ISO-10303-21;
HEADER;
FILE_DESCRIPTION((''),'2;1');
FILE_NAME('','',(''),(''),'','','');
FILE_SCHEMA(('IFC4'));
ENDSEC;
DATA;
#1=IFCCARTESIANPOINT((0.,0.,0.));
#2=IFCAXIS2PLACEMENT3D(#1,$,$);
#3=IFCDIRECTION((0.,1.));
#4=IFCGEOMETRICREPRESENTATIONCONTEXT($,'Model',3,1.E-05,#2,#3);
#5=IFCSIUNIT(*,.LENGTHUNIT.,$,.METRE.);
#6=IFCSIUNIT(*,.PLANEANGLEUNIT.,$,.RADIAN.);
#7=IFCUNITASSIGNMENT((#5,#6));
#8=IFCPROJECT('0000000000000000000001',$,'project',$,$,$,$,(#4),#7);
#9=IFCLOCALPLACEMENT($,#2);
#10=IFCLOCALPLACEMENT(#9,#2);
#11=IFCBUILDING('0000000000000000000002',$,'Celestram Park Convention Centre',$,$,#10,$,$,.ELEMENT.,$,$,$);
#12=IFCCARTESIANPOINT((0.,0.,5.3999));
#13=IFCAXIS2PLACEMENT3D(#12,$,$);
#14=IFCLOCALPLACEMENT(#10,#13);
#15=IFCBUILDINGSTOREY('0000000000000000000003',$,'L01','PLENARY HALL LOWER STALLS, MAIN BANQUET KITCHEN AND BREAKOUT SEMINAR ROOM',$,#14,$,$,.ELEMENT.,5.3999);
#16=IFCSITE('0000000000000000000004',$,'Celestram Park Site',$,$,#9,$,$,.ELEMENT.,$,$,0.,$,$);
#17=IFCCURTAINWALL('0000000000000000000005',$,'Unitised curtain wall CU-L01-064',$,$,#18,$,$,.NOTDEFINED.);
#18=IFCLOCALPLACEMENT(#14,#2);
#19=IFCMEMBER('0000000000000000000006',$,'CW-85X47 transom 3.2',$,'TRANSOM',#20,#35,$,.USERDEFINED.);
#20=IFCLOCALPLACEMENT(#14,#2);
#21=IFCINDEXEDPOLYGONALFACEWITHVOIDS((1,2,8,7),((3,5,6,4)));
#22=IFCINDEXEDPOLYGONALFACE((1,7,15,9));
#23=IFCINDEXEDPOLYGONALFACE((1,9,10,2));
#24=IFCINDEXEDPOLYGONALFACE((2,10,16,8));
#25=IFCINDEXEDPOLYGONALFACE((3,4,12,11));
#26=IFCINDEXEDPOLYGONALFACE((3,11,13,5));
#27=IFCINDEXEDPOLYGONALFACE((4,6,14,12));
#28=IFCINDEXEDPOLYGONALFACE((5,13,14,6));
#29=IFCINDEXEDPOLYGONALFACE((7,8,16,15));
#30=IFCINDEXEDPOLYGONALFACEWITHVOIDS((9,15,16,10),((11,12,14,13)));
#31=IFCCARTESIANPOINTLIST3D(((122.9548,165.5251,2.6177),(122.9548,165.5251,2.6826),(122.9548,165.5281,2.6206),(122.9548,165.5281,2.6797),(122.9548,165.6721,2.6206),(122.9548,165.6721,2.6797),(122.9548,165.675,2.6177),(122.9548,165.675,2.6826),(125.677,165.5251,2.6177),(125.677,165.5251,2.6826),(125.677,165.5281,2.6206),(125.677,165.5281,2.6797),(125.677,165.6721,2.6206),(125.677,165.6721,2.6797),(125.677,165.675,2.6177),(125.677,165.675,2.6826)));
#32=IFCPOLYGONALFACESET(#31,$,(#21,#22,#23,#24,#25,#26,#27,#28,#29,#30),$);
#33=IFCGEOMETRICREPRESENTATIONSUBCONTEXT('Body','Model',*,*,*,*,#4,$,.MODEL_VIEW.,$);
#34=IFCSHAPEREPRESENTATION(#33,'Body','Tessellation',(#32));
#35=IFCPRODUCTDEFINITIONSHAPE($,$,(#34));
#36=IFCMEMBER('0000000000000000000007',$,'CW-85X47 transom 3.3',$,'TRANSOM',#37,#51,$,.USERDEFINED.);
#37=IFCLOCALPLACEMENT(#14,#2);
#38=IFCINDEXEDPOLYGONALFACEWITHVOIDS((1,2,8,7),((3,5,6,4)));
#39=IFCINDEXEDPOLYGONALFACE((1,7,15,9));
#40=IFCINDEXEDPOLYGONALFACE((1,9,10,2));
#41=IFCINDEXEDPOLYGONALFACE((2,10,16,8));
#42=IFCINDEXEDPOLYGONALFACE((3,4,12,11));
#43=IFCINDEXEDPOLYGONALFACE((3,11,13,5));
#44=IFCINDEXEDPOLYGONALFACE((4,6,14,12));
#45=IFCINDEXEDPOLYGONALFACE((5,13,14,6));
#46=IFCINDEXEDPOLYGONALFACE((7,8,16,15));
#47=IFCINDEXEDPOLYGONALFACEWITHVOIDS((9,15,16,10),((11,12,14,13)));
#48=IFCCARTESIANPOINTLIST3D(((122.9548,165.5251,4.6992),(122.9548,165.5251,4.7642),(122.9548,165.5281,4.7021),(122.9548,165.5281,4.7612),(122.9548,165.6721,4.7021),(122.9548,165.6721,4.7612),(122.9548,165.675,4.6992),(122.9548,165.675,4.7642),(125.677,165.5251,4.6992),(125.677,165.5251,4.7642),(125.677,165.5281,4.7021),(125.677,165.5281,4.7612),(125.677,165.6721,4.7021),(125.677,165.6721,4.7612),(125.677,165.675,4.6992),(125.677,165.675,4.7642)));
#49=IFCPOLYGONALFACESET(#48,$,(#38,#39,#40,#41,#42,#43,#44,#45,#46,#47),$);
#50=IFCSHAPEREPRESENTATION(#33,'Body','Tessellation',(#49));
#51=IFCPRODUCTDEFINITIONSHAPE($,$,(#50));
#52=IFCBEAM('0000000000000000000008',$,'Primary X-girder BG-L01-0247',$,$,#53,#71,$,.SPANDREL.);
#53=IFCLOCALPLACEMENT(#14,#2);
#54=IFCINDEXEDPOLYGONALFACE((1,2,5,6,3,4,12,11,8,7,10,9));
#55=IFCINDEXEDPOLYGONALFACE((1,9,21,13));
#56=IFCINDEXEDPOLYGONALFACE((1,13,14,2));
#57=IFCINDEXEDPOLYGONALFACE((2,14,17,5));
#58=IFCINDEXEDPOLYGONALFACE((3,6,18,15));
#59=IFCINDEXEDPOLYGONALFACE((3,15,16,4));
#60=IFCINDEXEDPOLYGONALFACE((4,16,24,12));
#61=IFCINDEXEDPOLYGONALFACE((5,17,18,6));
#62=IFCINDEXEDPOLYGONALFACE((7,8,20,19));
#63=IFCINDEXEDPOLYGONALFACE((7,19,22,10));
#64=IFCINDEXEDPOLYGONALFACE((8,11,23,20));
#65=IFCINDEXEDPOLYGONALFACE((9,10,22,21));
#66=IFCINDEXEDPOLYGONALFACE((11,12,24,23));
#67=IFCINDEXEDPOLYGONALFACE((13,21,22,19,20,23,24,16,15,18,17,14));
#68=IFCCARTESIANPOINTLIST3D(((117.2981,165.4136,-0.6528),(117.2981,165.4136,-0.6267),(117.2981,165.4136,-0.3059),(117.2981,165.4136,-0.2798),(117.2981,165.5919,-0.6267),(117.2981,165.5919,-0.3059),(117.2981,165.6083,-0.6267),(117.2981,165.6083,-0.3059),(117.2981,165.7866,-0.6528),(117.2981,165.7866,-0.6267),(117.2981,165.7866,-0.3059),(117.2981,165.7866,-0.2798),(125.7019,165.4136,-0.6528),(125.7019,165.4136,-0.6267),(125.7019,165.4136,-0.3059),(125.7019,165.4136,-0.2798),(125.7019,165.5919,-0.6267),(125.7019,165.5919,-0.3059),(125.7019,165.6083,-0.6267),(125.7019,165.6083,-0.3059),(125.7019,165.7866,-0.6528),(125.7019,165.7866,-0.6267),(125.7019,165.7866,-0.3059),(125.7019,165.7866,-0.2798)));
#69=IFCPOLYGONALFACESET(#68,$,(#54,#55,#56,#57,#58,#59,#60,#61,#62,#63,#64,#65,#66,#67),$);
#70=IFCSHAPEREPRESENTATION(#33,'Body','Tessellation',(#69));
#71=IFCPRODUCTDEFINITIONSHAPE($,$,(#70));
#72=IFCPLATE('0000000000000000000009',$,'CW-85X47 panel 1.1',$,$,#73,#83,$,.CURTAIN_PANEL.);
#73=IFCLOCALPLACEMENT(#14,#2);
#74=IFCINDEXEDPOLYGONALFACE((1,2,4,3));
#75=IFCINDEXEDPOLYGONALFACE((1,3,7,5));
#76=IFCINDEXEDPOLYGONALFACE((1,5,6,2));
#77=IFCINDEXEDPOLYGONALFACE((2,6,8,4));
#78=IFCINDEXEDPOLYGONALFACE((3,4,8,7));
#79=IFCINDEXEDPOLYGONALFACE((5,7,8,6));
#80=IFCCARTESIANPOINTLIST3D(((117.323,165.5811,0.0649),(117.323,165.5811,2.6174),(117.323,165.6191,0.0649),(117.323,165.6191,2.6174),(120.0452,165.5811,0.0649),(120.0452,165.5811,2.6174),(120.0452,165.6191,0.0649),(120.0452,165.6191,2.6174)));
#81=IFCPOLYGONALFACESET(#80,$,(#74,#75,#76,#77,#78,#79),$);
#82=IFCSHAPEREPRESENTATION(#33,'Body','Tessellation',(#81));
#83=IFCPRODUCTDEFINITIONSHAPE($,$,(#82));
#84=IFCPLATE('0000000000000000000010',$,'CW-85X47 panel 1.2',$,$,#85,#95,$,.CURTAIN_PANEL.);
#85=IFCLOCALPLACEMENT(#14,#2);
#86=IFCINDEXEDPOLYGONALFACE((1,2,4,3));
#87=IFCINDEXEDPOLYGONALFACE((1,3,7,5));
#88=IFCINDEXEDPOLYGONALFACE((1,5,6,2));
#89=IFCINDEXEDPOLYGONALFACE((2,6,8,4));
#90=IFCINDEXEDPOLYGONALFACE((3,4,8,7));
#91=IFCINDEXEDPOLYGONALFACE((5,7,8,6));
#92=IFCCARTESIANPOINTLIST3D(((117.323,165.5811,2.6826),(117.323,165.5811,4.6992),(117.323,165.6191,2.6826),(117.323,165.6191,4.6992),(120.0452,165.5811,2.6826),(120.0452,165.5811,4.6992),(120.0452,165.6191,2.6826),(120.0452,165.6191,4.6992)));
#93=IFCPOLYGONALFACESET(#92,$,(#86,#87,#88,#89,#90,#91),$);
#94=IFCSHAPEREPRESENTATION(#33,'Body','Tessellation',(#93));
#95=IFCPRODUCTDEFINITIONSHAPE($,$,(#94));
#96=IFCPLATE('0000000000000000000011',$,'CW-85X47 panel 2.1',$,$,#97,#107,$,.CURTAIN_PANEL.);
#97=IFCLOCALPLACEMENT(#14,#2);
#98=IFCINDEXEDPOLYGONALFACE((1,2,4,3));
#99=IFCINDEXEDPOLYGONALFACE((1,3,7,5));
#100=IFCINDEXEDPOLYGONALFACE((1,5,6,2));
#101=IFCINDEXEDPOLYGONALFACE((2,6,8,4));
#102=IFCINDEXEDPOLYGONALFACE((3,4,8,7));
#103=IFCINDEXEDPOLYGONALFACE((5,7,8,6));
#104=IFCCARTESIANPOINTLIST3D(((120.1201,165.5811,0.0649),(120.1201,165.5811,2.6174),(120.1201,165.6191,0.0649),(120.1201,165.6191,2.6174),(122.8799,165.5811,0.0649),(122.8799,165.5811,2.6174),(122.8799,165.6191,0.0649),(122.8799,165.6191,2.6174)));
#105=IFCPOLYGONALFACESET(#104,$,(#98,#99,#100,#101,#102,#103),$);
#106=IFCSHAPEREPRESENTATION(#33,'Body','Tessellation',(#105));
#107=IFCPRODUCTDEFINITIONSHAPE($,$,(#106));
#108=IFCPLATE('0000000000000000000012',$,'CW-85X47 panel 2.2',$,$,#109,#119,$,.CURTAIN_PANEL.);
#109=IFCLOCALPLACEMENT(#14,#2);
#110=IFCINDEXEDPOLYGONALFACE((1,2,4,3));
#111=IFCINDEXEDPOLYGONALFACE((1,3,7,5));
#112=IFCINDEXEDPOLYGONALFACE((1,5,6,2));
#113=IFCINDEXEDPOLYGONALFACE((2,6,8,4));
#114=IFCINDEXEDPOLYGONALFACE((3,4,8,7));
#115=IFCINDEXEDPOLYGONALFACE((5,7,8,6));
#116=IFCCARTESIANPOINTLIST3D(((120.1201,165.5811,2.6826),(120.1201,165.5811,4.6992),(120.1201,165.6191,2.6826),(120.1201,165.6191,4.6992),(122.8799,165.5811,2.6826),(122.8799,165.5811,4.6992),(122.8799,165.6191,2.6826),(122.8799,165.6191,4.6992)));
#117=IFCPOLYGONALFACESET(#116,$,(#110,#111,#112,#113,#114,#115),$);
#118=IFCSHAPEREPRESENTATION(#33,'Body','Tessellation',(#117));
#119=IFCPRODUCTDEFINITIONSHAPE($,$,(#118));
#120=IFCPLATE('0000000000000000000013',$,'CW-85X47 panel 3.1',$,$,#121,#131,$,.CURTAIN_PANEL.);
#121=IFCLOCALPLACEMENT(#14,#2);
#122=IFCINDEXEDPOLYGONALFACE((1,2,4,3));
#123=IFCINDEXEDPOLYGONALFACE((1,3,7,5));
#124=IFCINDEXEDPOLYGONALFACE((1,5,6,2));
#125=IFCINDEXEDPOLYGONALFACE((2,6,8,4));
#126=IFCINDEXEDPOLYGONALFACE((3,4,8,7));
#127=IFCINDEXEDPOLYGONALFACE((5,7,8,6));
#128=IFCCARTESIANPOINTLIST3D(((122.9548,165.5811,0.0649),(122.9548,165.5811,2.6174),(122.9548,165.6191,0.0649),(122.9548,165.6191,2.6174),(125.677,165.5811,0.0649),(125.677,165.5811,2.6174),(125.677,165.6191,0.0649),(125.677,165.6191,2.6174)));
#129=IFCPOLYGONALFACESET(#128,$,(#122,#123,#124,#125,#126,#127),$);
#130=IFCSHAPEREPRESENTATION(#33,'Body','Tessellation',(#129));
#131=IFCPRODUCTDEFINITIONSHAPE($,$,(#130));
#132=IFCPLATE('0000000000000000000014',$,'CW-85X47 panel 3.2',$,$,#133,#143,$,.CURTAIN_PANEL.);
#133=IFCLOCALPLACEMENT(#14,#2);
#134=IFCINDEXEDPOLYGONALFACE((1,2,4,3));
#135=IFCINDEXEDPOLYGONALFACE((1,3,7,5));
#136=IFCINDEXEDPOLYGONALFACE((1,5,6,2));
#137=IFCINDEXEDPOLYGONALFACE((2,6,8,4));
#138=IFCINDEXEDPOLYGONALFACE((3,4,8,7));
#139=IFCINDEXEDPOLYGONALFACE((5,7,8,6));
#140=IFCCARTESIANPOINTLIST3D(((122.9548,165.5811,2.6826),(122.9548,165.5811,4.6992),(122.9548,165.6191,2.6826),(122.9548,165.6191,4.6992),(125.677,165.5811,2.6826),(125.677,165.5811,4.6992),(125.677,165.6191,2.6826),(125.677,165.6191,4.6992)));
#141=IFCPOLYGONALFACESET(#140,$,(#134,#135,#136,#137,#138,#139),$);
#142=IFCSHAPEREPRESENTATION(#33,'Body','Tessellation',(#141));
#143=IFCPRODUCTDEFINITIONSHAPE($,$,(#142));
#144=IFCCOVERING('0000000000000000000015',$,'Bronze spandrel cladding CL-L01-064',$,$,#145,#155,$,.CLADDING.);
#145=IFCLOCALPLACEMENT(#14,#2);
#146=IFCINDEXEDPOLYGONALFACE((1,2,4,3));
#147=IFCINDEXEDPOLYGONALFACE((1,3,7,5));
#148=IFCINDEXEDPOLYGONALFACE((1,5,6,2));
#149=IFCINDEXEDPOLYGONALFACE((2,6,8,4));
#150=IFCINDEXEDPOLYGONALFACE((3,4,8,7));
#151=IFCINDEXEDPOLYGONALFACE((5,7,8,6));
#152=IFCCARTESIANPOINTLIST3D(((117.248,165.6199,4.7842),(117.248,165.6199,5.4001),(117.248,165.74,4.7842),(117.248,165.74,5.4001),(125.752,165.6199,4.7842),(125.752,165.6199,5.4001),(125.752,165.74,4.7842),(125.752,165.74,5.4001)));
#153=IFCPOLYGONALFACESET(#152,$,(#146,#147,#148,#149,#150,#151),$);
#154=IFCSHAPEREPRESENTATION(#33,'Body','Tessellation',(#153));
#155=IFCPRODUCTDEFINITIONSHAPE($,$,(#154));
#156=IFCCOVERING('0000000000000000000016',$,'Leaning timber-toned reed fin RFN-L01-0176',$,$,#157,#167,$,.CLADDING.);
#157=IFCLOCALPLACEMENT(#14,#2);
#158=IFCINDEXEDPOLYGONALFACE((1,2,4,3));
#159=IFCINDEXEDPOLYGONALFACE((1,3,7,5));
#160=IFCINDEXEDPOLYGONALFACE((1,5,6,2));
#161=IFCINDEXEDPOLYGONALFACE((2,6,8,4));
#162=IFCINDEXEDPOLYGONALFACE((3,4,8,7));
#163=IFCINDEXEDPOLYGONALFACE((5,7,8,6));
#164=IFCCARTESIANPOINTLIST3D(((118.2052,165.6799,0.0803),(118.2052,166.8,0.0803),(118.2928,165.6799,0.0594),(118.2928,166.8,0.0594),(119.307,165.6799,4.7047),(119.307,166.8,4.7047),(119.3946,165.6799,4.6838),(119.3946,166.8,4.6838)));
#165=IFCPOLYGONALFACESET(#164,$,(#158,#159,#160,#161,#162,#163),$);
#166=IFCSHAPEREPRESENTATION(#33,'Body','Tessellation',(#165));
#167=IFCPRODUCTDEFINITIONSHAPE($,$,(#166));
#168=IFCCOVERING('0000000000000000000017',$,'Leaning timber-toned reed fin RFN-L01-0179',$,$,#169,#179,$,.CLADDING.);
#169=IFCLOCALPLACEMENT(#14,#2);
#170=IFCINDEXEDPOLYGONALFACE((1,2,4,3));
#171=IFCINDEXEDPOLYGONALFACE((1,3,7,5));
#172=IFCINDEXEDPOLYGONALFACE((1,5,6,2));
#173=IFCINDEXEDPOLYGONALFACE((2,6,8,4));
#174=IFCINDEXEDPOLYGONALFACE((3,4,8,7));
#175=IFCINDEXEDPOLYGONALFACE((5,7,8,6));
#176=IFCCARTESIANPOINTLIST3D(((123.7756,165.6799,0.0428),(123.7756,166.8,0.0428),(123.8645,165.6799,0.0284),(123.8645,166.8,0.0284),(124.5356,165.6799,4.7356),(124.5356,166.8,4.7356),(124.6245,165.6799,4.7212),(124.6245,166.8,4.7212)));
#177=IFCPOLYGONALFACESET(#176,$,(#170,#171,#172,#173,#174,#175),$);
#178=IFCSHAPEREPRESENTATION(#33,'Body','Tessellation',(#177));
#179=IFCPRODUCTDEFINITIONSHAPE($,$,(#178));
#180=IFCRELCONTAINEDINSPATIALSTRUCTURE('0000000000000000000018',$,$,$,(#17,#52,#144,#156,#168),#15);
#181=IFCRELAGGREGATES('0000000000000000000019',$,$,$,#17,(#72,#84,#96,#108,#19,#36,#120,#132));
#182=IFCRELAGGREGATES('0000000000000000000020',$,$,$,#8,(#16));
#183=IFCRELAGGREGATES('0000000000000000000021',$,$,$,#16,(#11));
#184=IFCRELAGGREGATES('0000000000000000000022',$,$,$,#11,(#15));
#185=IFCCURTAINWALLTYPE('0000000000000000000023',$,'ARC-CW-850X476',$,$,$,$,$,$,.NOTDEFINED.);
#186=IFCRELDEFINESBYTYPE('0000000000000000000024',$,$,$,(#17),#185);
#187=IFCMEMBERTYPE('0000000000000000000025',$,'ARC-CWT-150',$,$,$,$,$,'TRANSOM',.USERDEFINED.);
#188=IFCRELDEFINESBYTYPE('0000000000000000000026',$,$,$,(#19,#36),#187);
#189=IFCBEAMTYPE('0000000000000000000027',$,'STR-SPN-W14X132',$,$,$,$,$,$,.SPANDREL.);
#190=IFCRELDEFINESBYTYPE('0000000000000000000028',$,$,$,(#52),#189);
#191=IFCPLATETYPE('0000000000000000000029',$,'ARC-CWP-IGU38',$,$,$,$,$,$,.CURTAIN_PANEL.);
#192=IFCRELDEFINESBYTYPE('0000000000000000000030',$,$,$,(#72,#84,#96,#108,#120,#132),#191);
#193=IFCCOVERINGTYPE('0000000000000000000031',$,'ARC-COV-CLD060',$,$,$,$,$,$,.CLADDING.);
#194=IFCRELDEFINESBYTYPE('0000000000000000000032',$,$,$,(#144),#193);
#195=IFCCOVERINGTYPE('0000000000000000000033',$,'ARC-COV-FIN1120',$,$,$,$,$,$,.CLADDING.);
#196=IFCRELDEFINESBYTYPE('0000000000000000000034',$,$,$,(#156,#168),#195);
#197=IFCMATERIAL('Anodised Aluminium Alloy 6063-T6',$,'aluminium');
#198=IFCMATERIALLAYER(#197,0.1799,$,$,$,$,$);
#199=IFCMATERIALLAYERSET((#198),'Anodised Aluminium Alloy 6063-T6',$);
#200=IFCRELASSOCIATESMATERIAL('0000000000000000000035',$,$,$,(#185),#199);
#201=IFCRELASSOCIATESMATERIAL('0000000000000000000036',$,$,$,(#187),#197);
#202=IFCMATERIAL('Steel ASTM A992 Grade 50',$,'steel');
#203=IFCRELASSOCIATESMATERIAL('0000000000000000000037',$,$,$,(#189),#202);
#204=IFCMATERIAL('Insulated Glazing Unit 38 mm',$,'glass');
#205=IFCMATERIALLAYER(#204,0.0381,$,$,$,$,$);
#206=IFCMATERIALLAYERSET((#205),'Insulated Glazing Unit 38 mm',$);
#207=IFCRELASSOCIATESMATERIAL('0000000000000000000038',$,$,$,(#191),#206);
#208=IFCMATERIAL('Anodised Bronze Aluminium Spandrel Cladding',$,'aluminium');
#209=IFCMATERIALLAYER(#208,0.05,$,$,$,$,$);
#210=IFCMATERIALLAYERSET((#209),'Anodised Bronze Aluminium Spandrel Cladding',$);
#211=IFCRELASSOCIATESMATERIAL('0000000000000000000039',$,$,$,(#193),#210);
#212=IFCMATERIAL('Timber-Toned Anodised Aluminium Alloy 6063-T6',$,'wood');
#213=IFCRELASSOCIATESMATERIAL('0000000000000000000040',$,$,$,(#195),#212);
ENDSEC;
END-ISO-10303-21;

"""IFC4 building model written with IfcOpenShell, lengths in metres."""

from ifc_helpers import new_model, si_unit, direction, frame, origin, origin_2d, place, context, subcontext, project, spatial, rectangle, hollow_rectangle, i_section, extrude, material, layer, layer_set, material_profile, profile_set, type_object, element, aggregate, save


model = new_model("IFC4")

# Units and contexts
model_context = context("Model", 3, precision=1e-05, world=origin(), true_north=direction((0.0, 1.0)))
body_context = subcontext(model_context, "Body", "Model", "MODEL_VIEW")
ifc_project = project(units=[si_unit("LENGTHUNIT", "METRE"), si_unit("PLANEANGLEUNIT", "RADIAN")], contexts=[model_context])

# Site, building, storey
site_placement = place(None, origin())
site = spatial("IfcSite", under=ifc_project, at=site_placement, Name="Celestram Park Site", CompositionType="ELEMENT", RefElevation=0.0)
building_placement = place(site_placement, origin())
building = spatial("IfcBuilding", under=site, at=building_placement, Name="Celestram Park Convention Centre", CompositionType="ELEMENT")
storey_placement = place(building_placement, frame((0.0, 0.0, 5.3999)))
storey = spatial("IfcBuildingStorey", under=building, at=storey_placement, Name="L01", Description="PLENARY HALL LOWER STALLS, MAIN BANQUET KITCHEN AND BREAKOUT SEMINAR ROOM", CompositionType="ELEMENT", Elevation=5.3999)

# Curtain wall, members
ifc_material_1 = material(Name="Anodised Aluminium Alloy 6063-T6", Category="aluminium")
ifc_layer_1 = layer(ifc_material_1, 0.1799)
ifc_layer_set_1 = layer_set([ifc_layer_1], Name="Anodised Aluminium Alloy 6063-T6")
curtain_wall_type = type_object("IfcCurtainWallType", Name="ARC-CW-850X476", PredefinedType="NOTDEFINED", material=ifc_layer_set_1)
curtain_wall_placement = place(storey_placement, origin())
curtain_wall = element("IfcCurtainWall", 1, at=curtain_wall_placement, inside=storey, type_object=curtain_wall_type, Name="Unitised curtain wall CU-L01-064", PredefinedType="NOTDEFINED")
ifc_material_profile_1 = material_profile(ifc_material_1, hollow_rectangle(XDim=0.1499, YDim=0.0649, WallThickness=0.0029, at=origin_2d()), Name="ALU150X65X3")
ifc_profile_set_1 = profile_set([ifc_material_profile_1], Name="Anodised Aluminium Alloy 6063-T6")
member_type_1 = type_object("IfcMemberType", Name="ARC-CWT-150", ElementType="TRANSOM", PredefinedType="USERDEFINED", material=ifc_profile_set_1)
member_1_placement = place(storey_placement, frame((122.9548, 165.6001, 2.6501), z_axis=(1.0, 0.0, 0.0), x_axis=(0.0, 1.0, 0.0)))
member_1 = element("IfcMember", 2, at=member_1_placement, type_object=member_type_1, Name="CW-85X47 transom 3.2", ObjectType="TRANSOM", PredefinedType="USERDEFINED", context=body_context, shape_type="SweptSolid", body=[
    extrude(hollow_rectangle(XDim=0.1499, YDim=0.0649, WallThickness=0.0029, at=origin_2d()), origin(), (0.0, 0.0, 1.0), 2.7222),
])
member_2_placement = place(storey_placement, frame((122.9548, 165.6001, 4.7317), z_axis=(1.0, 0.0, 0.0), x_axis=(0.0, 1.0, 0.0)))
member_2 = element("IfcMember", 3, at=member_2_placement, type_object=member_type_1, Name="CW-85X47 transom 3.3", ObjectType="TRANSOM", PredefinedType="USERDEFINED", context=body_context, shape_type="SweptSolid", body=[
    extrude(hollow_rectangle(XDim=0.1499, YDim=0.0649, WallThickness=0.0029, at=origin_2d()), origin(), (0.0, 0.0, 1.0), 2.7222),
])

# Beam
ifc_material_2 = material(Name="Steel ASTM A992 Grade 50", Category="steel")
ifc_material_profile_2 = material_profile(ifc_material_2, i_section(OverallWidth=0.373, OverallDepth=0.373, WebThickness=0.0164, FlangeThickness=0.0261, at=origin_2d()), Name="W14X132")
ifc_profile_set_2 = profile_set([ifc_material_profile_2], Name="Steel ASTM A992 Grade 50")
beam_type = type_object("IfcBeamType", Name="STR-SPN-W14X132", PredefinedType="SPANDREL", material=ifc_profile_set_2)
beam_placement = place(storey_placement, frame((117.2981, 165.6001, -0.4663), z_axis=(1.0, 0.0, 0.0), x_axis=(0.0, 1.0, 0.0)))
element("IfcBeam", 4, at=beam_placement, inside=storey, type_object=beam_type, Name="Primary X-girder BG-L01-0247", PredefinedType="SPANDREL", context=body_context, shape_type="SweptSolid", body=[
    extrude(i_section(OverallWidth=0.373, OverallDepth=0.373, WebThickness=0.0164, FlangeThickness=0.0261, at=origin_2d()), origin(), (0.0, 0.0, 1.0), 8.4038),
])

# Plates
ifc_material_3 = material(Name="Insulated Glazing Unit 38 mm", Category="glass")
ifc_layer_2 = layer(ifc_material_3, 0.0381)
ifc_layer_set_2 = layer_set([ifc_layer_2], Name="Insulated Glazing Unit 38 mm")
plate_type = type_object("IfcPlateType", Name="ARC-CWP-IGU38", PredefinedType="CURTAIN_PANEL", material=ifc_layer_set_2)
plate_1_placement = place(storey_placement, frame((118.6841, 165.6001, 0.0649), z_axis=(0.0, 0.0, 1.0), x_axis=(1.0, 0.0, 0.0)))
plate_1 = element("IfcPlate", 5, at=plate_1_placement, type_object=plate_type, Name="CW-85X47 panel 1.1", PredefinedType="CURTAIN_PANEL", context=body_context, shape_type="SweptSolid", body=[
    extrude(rectangle(XDim=2.7222, YDim=0.0381, at=origin_2d()), origin(), (0.0, 0.0, 1.0), 2.5525),
])
plate_2_placement = place(storey_placement, frame((118.6841, 165.6001, 2.6826), z_axis=(0.0, 0.0, 1.0), x_axis=(1.0, 0.0, 0.0)))
plate_2 = element("IfcPlate", 6, at=plate_2_placement, type_object=plate_type, Name="CW-85X47 panel 1.2", PredefinedType="CURTAIN_PANEL", context=body_context, shape_type="SweptSolid", body=[
    extrude(rectangle(XDim=2.7222, YDim=0.0381, at=origin_2d()), origin(), (0.0, 0.0, 1.0), 2.0166),
])
plate_3_placement = place(storey_placement, frame((121.5, 165.6001, 0.0649), z_axis=(0.0, 0.0, 1.0), x_axis=(1.0, 0.0, 0.0)))
plate_3 = element("IfcPlate", 7, at=plate_3_placement, type_object=plate_type, Name="CW-85X47 panel 2.1", PredefinedType="CURTAIN_PANEL", context=body_context, shape_type="SweptSolid", body=[
    extrude(rectangle(XDim=2.7598, YDim=0.0381, at=origin_2d()), origin(), (0.0, 0.0, 1.0), 2.5525),
])
plate_4_placement = place(storey_placement, frame((121.5, 165.6001, 2.6826), z_axis=(0.0, 0.0, 1.0), x_axis=(1.0, 0.0, 0.0)))
plate_4 = element("IfcPlate", 8, at=plate_4_placement, type_object=plate_type, Name="CW-85X47 panel 2.2", PredefinedType="CURTAIN_PANEL", context=body_context, shape_type="SweptSolid", body=[
    extrude(rectangle(XDim=2.7598, YDim=0.0381, at=origin_2d()), origin(), (0.0, 0.0, 1.0), 2.0166),
])
plate_5_placement = place(storey_placement, frame((124.3159, 165.6001, 0.0649), z_axis=(0.0, 0.0, 1.0), x_axis=(1.0, 0.0, 0.0)))
plate_5 = element("IfcPlate", 9, at=plate_5_placement, type_object=plate_type, Name="CW-85X47 panel 3.1", PredefinedType="CURTAIN_PANEL", context=body_context, shape_type="SweptSolid", body=[
    extrude(rectangle(XDim=2.7222, YDim=0.0381, at=origin_2d()), origin(), (0.0, 0.0, 1.0), 2.5525),
])
plate_6_placement = place(storey_placement, frame((124.3159, 165.6001, 2.6826), z_axis=(0.0, 0.0, 1.0), x_axis=(1.0, 0.0, 0.0)))
plate_6 = element("IfcPlate", 10, at=plate_6_placement, type_object=plate_type, Name="CW-85X47 panel 3.2", PredefinedType="CURTAIN_PANEL", context=body_context, shape_type="SweptSolid", body=[
    extrude(rectangle(XDim=2.7222, YDim=0.0381, at=origin_2d()), origin(), (0.0, 0.0, 1.0), 2.0166),
])
aggregate(curtain_wall, [plate_1, plate_2, plate_3, plate_4, member_1, member_2, plate_5, plate_6])

# Coverings
ifc_material_4 = material(Name="Anodised Bronze Aluminium Spandrel Cladding", Category="aluminium")
ifc_layer_3 = layer(ifc_material_4, 0.05)
ifc_layer_set_3 = layer_set([ifc_layer_3], Name="Anodised Bronze Aluminium Spandrel Cladding")
covering_type_1 = type_object("IfcCoveringType", Name="ARC-COV-CLD060", PredefinedType="CLADDING", material=ifc_layer_set_3)
covering_1_placement = place(storey_placement, frame((121.5, 165.6799, 4.7842), z_axis=(0.0, 0.0, 1.0), x_axis=(1.0, 0.0, 0.0)))
element("IfcCovering", 11, at=covering_1_placement, inside=storey, type_object=covering_type_1, Name="Bronze spandrel cladding CL-L01-064", PredefinedType="CLADDING", context=body_context, shape_type="SweptSolid", body=[
    extrude(rectangle(XDim=8.5039, YDim=0.1201, at=origin_2d()), origin(), (0.0, 0.0, 1.0), 0.616),
])
ifc_material_5 = material(Name="Timber-Toned Anodised Aluminium Alloy 6063-T6", Category="wood")
ifc_material_profile_3 = material_profile(ifc_material_5, rectangle(XDim=1.1201, YDim=0.0901, at=origin_2d()), Name="REED1120X90")
ifc_profile_set_3 = profile_set([ifc_material_profile_3], Name="Timber-Toned Anodised Aluminium Alloy 6063-T6")
covering_type_2 = type_object("IfcCoveringType", Name="ARC-COV-FIN1120", PredefinedType="CLADDING", material=ifc_profile_set_3)
for number, where, z_axis, x_axis, name in (
    (12, (118.249, 166.24, 0.0698), (0.231766, 0.0, 0.972771), (0.0, 1.0, 0.0), "Leaning timber-toned reed fin RFN-L01-0176"),
    (13, (123.8201, 166.24, 0.0356), (0.159867, 0.0, 0.987139), (0.0, 1.0, 0.0), "Leaning timber-toned reed fin RFN-L01-0179"),
):
    element("IfcCovering", number, at=place(storey_placement, frame(where, z_axis=z_axis, x_axis=x_axis)), inside=storey, type_object=covering_type_2, Name=name, PredefinedType="CLADDING", context=body_context, shape_type="SweptSolid", body=[
        extrude(rectangle(XDim=1.1201, YDim=0.0901, at=origin_2d()), origin(), (0.0, 0.0, 1.0), 4.7539),
    ])

save(model, "model.ifc")
